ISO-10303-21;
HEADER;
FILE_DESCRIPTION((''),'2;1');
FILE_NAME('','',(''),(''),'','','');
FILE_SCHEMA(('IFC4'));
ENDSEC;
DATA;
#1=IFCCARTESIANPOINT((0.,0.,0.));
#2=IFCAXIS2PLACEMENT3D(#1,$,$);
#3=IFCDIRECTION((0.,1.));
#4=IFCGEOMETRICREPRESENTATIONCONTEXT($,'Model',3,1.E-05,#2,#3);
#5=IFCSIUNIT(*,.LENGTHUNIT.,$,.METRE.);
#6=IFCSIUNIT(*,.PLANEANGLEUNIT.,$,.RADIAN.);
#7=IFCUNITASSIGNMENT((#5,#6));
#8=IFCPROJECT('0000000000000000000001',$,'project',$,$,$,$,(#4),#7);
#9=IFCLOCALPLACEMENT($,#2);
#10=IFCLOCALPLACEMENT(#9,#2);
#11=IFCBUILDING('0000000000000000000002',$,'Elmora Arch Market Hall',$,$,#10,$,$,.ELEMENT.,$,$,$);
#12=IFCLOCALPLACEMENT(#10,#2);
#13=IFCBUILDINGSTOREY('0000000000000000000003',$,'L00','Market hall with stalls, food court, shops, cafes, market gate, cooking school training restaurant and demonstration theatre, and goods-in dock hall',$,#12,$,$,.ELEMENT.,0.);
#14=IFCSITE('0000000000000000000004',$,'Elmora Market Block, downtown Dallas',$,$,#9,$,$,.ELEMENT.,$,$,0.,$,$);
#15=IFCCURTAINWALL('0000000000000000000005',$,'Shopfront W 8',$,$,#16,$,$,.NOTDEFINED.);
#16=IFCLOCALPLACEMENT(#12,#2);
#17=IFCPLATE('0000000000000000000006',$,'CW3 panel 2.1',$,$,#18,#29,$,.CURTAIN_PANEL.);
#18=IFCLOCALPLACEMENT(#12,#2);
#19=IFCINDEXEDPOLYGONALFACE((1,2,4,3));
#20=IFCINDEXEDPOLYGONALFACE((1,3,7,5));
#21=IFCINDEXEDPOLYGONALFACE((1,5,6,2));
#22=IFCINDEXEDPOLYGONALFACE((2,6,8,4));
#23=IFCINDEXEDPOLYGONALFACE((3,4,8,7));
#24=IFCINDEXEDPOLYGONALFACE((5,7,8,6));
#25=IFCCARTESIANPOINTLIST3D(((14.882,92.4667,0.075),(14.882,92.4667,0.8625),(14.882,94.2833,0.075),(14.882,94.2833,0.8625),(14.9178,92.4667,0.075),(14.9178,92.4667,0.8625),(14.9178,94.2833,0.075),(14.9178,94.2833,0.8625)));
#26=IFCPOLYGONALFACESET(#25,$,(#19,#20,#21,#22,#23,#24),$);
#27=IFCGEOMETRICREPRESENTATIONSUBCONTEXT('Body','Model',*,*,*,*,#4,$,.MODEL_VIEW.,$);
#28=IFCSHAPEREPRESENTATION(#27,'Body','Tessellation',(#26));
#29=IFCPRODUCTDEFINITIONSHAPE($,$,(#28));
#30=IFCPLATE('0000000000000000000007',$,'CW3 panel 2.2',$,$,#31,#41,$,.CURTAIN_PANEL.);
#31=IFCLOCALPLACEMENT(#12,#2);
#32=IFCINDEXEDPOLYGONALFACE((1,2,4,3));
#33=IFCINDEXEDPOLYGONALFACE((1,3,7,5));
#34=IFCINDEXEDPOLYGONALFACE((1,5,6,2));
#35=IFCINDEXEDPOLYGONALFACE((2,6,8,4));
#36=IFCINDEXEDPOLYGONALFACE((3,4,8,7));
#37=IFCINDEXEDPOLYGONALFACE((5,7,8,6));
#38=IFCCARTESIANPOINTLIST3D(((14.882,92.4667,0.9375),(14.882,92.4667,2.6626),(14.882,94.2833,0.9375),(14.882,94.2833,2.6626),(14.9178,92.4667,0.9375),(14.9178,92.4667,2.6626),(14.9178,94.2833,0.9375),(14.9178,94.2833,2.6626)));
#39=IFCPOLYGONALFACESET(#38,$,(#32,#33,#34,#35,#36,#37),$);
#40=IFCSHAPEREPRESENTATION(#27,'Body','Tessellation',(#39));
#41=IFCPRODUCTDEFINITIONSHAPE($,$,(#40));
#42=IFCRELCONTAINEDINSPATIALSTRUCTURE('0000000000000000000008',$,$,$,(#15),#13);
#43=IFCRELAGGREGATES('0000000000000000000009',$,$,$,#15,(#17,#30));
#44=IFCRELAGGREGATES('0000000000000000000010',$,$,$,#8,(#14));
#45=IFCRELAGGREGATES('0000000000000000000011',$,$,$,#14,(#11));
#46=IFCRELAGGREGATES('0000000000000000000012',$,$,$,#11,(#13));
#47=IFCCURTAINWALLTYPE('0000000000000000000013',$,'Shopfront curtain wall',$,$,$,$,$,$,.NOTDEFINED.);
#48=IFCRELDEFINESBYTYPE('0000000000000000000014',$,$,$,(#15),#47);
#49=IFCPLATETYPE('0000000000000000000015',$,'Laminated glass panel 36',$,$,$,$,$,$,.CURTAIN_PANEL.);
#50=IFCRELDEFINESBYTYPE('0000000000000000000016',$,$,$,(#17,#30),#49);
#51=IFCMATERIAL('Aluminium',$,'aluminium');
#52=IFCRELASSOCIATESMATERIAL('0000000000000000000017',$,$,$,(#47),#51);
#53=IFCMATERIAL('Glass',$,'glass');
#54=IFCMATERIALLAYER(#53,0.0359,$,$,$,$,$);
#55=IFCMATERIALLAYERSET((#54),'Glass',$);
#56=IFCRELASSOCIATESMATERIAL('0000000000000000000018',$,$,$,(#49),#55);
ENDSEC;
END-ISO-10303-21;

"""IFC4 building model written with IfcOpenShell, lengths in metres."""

from ifc_helpers import new_model, si_unit, direction, frame, origin, origin_2d, place, context, subcontext, project, spatial, rectangle, extrude, material, layer, layer_set, type_object, element, aggregate, save


model = new_model("IFC4")

# Units and contexts
model_context = context("Model", 3, precision=1e-05, world=origin(), true_north=direction((0.0, 1.0)))
body_context = subcontext(model_context, "Body", "Model", "MODEL_VIEW")
ifc_project = project(units=[si_unit("LENGTHUNIT", "METRE"), si_unit("PLANEANGLEUNIT", "RADIAN")], contexts=[model_context])

# Site, building, storey
site_placement = place(None, origin())
site = spatial("IfcSite", under=ifc_project, at=site_placement, Name="Elmora Market Block, downtown Dallas", CompositionType="ELEMENT", RefElevation=0.0)
building_placement = place(site_placement, origin())
building = spatial("IfcBuilding", under=site, at=building_placement, Name="Elmora Arch Market Hall", CompositionType="ELEMENT")
storey_placement = place(building_placement, origin())
storey = spatial("IfcBuildingStorey", under=building, at=storey_placement, Name="L00", Description="Market hall with stalls, food court, shops, cafes, market gate, cooking school training restaurant and demonstration theatre, and goods-in dock hall", CompositionType="ELEMENT", Elevation=0.0)

# Shared definitions
ifc_material_1 = material(Name="Aluminium", Category="aluminium")
curtain_wall_type = type_object("IfcCurtainWallType", Name="Shopfront curtain wall", PredefinedType="NOTDEFINED", material=ifc_material_1)

# Curtain wall, plates
curtain_wall_1_placement = place(storey_placement, origin())
curtain_wall_1 = element("IfcCurtainWall", 1, at=curtain_wall_1_placement, inside=storey, type_object=curtain_wall_type, Name="Shopfront W 8", PredefinedType="NOTDEFINED")
ifc_material_2 = material(Name="Glass", Category="glass")
ifc_layer_1 = layer(ifc_material_2, 0.0359)
ifc_layer_set_1 = layer_set([ifc_layer_1], Name="Glass")
plate_type = type_object("IfcPlateType", Name="Laminated glass panel 36", PredefinedType="CURTAIN_PANEL", material=ifc_layer_set_1)
plate_1_placement = place(storey_placement, frame((14.8999, 93.375, 0.075), z_axis=(0.0, 0.0, 1.0), x_axis=(0.0, 1.0, 0.0)))
plate_1 = element("IfcPlate", 2, at=plate_1_placement, type_object=plate_type, Name="CW3 panel 2.1", PredefinedType="CURTAIN_PANEL", context=body_context, shape_type="SweptSolid", body=[
    extrude(rectangle(XDim=1.8167, YDim=0.0359, at=origin_2d()), origin(), (0.0, 0.0, 1.0), 0.7876),
])
plate_2_placement = place(storey_placement, frame((14.8999, 93.375, 0.9375), z_axis=(0.0, 0.0, 1.0), x_axis=(0.0, 1.0, 0.0)))
plate_2 = element("IfcPlate", 3, at=plate_2_placement, type_object=plate_type, Name="CW3 panel 2.2", PredefinedType="CURTAIN_PANEL", context=body_context, shape_type="SweptSolid", body=[
    extrude(rectangle(XDim=1.8167, YDim=0.0359, at=origin_2d()), origin(), (0.0, 0.0, 1.0), 1.7251),
])
aggregate(curtain_wall_1, [plate_1, plate_2])

save(model, "model.ifc")
